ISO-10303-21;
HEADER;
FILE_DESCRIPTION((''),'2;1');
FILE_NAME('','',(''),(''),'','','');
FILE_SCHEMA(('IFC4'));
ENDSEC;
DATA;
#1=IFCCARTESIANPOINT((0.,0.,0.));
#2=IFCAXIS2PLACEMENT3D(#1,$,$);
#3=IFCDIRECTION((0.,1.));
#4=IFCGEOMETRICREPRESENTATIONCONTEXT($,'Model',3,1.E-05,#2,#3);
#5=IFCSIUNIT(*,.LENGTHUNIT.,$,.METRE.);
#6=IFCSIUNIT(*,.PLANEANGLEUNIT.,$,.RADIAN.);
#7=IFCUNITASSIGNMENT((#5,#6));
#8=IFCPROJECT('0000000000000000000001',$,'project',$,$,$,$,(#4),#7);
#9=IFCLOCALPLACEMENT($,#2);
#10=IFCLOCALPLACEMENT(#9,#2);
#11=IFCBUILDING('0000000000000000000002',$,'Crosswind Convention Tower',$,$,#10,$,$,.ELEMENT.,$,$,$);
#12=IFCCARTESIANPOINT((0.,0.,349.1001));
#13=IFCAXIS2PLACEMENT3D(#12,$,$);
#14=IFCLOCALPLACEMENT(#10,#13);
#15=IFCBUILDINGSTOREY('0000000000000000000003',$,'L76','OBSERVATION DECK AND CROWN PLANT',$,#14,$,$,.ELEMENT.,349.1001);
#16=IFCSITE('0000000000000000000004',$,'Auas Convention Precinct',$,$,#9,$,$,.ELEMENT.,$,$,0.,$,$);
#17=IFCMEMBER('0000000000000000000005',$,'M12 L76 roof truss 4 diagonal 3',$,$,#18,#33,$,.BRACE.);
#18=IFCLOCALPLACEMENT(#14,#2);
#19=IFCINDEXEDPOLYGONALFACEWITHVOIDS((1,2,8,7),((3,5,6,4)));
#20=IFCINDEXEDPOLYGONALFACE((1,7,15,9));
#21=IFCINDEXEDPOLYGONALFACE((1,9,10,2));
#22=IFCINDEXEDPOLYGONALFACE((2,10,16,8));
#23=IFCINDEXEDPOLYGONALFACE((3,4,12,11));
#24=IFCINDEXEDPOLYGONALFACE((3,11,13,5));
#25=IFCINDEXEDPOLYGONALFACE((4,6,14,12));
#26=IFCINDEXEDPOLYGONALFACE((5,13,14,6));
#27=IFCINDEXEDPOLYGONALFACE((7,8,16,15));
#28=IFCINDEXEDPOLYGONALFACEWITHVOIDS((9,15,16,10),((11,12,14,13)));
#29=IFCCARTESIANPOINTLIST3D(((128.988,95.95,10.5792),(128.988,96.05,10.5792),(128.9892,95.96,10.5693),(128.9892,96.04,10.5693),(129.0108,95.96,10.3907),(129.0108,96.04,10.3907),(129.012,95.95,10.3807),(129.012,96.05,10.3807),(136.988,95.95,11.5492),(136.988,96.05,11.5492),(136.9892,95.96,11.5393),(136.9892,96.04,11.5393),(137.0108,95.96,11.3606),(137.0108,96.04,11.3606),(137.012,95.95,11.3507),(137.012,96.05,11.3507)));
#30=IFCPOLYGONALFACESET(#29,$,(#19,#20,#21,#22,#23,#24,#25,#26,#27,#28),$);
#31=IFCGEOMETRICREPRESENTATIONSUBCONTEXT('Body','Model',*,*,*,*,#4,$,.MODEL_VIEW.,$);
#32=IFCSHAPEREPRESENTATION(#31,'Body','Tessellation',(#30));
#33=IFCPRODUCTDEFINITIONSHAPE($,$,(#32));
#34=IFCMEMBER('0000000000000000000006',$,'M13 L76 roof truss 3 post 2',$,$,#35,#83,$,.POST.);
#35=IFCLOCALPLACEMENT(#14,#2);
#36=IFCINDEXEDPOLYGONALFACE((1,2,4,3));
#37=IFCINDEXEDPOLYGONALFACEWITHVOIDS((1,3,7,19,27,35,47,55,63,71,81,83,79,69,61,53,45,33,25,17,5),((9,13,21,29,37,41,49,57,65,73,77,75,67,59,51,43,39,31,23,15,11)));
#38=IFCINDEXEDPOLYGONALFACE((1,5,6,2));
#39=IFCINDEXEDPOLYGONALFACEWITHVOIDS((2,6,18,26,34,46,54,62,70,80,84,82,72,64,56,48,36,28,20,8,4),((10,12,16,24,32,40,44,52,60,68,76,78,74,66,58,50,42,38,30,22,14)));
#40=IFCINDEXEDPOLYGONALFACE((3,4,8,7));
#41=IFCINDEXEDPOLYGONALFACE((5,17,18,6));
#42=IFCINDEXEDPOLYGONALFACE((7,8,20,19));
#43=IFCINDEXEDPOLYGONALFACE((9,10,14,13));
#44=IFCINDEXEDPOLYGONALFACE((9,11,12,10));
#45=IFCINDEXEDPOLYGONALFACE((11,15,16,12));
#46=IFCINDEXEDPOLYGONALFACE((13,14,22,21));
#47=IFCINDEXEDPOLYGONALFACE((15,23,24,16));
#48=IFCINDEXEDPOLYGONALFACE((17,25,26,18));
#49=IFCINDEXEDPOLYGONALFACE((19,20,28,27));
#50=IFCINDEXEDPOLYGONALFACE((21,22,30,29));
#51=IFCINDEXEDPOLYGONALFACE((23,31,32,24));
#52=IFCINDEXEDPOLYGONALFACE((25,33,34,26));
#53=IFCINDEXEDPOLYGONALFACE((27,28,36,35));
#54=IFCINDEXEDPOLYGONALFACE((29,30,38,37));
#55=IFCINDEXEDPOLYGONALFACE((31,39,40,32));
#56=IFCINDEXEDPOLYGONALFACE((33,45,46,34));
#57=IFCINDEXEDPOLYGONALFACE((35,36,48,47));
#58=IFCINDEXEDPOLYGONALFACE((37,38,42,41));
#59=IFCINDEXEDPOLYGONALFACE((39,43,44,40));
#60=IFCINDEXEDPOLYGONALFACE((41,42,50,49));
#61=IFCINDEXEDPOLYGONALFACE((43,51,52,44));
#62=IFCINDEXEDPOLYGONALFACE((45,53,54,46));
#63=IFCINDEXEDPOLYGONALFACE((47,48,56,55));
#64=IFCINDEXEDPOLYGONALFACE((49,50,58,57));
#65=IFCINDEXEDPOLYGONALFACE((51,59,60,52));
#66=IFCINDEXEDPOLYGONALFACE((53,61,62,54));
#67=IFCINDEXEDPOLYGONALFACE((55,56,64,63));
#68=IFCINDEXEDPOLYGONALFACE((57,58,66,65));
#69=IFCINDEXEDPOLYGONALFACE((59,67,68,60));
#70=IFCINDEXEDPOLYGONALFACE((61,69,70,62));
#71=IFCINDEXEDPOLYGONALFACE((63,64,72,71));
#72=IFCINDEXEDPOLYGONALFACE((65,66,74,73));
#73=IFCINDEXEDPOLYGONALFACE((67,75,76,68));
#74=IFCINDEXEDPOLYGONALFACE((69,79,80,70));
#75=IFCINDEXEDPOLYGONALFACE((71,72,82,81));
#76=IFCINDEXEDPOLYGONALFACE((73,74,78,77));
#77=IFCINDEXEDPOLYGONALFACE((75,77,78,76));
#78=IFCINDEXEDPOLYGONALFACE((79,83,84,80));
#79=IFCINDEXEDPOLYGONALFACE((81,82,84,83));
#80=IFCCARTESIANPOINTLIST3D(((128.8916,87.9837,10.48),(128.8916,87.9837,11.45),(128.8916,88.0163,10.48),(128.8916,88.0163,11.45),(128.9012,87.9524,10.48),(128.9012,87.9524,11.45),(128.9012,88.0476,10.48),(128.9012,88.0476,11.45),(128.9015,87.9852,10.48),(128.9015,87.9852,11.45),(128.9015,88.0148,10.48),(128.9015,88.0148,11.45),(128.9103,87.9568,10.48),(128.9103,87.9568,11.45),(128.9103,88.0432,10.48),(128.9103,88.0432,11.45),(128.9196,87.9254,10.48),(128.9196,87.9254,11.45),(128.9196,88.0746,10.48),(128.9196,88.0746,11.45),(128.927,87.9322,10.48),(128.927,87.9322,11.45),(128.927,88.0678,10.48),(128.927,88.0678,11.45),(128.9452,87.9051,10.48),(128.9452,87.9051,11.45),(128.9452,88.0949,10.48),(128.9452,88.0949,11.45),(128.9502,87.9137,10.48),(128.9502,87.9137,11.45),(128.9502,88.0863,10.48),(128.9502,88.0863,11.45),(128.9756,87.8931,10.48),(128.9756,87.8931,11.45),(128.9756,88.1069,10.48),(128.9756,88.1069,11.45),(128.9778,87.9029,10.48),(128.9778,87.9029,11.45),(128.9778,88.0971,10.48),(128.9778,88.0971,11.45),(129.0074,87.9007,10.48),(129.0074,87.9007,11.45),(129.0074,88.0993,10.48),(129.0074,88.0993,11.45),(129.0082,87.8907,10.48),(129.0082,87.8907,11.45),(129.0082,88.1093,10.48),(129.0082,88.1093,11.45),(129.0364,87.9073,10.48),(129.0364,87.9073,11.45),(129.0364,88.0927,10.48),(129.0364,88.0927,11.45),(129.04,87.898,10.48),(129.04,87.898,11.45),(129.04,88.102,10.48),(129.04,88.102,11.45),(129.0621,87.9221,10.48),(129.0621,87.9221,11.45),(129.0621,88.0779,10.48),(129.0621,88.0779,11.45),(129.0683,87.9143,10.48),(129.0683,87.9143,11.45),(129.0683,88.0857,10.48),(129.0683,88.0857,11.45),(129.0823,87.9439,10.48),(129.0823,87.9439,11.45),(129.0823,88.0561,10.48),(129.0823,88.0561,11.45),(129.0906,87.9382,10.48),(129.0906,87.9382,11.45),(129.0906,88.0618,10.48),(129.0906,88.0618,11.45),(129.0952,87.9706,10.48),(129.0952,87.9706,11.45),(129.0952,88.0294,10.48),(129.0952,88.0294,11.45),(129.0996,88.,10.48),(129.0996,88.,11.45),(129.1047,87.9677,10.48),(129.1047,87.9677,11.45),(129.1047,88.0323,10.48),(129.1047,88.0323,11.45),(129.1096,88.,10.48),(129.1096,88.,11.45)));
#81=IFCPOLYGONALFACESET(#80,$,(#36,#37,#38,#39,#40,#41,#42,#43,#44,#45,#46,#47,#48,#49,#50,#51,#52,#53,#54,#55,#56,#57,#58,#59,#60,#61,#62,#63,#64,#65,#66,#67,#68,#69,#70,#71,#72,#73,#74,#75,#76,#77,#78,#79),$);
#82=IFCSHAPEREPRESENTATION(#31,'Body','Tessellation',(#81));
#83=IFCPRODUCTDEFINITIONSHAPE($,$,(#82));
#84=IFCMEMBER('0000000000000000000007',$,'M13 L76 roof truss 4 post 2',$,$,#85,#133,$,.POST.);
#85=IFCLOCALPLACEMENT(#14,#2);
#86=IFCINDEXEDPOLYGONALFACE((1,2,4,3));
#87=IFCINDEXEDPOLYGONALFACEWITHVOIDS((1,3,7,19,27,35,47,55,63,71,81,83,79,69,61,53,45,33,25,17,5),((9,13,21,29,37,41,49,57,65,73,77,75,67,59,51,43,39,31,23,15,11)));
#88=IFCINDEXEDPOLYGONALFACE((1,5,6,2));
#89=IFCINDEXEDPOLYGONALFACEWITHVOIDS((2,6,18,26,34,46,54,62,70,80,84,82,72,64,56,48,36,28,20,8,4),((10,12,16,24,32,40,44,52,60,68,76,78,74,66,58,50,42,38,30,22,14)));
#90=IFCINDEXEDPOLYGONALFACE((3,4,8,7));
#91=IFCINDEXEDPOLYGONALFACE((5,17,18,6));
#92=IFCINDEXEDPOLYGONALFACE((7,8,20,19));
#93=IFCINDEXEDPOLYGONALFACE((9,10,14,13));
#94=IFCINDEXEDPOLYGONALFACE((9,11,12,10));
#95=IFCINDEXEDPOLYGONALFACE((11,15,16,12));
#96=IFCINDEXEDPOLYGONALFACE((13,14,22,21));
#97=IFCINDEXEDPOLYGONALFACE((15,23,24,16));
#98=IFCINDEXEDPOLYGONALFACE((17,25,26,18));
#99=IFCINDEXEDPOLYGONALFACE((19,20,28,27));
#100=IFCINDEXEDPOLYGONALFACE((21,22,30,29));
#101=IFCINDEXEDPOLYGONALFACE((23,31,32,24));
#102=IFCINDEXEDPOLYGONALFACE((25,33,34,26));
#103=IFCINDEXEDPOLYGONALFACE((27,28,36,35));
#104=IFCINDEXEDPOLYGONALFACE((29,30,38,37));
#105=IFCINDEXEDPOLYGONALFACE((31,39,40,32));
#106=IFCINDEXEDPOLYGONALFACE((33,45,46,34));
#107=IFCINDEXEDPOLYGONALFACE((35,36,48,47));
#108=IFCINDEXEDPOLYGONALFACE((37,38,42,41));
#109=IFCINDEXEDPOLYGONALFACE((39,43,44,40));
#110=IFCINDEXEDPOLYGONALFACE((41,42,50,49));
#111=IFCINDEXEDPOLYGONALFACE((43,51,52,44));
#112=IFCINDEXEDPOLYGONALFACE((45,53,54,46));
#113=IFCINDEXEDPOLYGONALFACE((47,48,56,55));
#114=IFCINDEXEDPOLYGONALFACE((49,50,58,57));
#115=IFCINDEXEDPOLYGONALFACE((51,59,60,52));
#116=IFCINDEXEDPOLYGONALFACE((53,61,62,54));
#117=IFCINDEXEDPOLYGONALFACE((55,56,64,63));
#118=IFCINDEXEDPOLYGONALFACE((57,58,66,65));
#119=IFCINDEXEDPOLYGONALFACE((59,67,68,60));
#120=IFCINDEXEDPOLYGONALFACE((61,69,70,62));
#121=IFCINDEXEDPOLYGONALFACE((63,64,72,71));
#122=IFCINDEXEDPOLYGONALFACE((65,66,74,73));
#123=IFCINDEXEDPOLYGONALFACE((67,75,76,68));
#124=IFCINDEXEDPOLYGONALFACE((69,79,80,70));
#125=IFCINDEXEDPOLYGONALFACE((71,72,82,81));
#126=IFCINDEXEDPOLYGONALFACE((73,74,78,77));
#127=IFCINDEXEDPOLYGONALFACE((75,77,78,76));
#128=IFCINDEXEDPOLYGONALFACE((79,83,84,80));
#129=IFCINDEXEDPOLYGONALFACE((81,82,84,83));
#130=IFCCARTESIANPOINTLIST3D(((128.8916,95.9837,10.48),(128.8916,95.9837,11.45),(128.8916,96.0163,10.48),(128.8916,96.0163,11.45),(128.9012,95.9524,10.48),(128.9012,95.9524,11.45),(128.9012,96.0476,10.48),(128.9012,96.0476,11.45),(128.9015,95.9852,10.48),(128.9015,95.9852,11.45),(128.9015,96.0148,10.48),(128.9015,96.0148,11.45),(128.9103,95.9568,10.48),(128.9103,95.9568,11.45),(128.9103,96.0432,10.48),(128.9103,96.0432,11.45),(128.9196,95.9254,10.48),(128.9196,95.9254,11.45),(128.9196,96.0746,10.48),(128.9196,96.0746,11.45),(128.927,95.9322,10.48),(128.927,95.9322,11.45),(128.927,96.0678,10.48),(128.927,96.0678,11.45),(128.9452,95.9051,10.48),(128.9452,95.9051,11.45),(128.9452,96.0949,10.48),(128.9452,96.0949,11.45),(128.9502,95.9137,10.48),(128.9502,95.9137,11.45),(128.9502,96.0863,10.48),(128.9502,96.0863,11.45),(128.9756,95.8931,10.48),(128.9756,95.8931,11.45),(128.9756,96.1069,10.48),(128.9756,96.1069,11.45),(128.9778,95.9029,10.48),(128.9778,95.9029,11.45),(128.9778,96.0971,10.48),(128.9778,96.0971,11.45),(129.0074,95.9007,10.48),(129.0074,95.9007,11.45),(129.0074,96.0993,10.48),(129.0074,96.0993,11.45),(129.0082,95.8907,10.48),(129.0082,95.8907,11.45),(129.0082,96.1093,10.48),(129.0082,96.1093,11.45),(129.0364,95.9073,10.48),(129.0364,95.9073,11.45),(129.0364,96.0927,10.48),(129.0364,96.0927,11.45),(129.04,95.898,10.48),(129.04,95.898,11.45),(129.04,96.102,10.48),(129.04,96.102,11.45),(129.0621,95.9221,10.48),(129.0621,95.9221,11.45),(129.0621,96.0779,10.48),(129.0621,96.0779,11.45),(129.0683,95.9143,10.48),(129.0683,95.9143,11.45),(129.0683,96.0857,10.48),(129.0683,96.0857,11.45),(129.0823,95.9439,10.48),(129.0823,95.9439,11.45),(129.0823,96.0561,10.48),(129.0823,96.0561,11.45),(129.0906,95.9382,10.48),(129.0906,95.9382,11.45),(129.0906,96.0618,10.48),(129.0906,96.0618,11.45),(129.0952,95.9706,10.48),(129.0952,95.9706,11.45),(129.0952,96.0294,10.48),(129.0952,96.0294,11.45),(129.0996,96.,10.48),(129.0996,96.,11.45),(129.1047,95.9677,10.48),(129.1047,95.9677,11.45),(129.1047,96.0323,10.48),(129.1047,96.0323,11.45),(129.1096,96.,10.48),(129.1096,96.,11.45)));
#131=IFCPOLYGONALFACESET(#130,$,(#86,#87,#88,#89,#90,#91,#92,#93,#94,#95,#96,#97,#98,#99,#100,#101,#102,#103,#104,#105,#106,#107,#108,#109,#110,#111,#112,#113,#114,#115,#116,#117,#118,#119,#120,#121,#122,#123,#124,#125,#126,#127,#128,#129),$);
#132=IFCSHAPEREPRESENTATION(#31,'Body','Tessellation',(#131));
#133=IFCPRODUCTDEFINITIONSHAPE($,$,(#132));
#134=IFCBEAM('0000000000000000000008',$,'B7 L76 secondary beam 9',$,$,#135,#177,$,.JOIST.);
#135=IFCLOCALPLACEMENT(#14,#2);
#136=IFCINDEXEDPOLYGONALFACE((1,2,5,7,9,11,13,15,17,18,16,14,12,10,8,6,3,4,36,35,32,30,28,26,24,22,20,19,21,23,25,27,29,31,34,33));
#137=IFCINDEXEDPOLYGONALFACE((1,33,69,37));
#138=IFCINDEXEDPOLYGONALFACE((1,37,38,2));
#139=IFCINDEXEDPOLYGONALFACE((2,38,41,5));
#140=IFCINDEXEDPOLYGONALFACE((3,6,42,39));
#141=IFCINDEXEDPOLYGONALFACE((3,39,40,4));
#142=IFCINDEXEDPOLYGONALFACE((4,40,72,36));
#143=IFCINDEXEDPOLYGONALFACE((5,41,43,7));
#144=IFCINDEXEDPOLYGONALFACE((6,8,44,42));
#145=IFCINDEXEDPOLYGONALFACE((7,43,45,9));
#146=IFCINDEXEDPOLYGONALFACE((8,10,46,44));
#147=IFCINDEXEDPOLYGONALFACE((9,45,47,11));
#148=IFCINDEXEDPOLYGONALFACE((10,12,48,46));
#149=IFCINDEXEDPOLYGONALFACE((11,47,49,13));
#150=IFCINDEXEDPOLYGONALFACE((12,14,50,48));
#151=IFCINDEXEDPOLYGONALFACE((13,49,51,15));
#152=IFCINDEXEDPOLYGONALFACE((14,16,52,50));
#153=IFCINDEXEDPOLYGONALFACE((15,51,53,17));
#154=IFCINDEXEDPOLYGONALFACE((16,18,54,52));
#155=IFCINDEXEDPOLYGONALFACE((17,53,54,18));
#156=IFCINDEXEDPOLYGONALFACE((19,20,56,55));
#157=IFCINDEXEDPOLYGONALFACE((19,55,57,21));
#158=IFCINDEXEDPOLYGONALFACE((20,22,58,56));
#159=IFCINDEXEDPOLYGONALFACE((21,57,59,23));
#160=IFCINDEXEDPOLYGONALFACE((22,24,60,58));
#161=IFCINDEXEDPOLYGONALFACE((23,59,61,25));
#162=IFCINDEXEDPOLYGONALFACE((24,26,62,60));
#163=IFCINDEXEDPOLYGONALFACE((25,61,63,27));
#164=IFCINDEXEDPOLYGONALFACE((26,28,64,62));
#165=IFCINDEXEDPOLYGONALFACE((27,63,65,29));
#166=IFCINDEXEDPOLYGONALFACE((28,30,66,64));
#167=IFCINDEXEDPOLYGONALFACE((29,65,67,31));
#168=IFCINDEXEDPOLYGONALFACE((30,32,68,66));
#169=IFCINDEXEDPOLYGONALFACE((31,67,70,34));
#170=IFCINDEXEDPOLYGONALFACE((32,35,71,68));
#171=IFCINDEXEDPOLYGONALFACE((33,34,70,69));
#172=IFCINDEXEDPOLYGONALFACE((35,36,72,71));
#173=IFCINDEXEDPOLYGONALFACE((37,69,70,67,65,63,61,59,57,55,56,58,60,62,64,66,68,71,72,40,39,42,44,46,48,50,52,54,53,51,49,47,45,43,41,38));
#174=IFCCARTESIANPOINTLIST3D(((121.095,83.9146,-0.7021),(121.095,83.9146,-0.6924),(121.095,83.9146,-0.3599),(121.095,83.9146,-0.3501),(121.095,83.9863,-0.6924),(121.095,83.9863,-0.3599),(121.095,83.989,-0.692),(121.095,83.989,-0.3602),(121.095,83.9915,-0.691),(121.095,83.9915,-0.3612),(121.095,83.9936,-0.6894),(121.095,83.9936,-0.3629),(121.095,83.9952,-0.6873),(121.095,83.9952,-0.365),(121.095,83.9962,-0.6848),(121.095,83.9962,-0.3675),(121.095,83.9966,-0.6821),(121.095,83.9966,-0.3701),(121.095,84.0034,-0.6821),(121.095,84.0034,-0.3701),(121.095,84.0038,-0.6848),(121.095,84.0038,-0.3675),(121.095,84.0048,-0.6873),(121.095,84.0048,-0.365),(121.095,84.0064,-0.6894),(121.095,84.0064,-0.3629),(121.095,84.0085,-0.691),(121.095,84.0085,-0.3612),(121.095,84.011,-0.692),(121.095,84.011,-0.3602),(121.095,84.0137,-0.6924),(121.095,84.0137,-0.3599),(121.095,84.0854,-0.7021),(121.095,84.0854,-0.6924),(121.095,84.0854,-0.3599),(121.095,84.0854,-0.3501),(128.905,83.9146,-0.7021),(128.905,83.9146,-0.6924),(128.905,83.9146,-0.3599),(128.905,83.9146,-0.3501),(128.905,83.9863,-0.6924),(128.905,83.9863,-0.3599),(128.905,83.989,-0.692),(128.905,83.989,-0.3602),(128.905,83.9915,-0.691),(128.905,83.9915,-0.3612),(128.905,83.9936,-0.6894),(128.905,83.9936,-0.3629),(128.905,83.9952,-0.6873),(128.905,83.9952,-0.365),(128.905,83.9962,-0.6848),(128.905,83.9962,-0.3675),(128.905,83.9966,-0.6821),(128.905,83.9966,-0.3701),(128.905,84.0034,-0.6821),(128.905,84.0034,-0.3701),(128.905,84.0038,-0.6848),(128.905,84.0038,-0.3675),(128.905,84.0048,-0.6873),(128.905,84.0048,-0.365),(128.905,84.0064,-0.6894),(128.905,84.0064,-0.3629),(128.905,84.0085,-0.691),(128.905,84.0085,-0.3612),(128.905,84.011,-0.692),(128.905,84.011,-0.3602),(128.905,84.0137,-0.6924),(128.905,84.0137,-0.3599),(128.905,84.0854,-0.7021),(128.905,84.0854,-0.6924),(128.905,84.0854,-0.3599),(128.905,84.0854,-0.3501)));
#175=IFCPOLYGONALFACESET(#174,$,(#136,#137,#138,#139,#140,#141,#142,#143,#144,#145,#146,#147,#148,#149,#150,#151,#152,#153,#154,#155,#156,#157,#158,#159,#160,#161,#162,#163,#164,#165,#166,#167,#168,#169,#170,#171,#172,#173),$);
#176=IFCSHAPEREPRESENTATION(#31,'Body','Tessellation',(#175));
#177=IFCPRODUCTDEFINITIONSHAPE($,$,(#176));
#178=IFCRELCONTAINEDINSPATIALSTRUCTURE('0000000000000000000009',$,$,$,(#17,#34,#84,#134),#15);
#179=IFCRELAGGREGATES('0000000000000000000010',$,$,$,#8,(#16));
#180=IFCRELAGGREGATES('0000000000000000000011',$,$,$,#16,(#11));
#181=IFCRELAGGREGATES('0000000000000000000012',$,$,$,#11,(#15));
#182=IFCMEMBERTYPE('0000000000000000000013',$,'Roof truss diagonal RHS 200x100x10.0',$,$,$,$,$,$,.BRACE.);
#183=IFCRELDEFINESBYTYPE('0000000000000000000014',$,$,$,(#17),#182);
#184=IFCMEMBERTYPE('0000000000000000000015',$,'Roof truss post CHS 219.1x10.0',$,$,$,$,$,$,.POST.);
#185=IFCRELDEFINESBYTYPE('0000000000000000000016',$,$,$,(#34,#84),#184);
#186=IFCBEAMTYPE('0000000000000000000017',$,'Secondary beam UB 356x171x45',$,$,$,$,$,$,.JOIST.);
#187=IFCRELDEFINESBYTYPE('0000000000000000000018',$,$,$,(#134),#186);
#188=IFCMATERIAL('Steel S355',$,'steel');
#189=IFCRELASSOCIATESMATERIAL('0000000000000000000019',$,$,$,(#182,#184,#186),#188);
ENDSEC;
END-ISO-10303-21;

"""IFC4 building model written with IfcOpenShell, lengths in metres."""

from ifc_helpers import new_model, si_unit, direction, frame, origin, origin_2d, place, context, subcontext, project, spatial, hollow_rectangle, hollow_circle, i_section, extrude, material, material_profile, profile_set, type_object, element, save


model = new_model("IFC4")

# Units and contexts
model_context = context("Model", 3, precision=1e-05, world=origin(), true_north=direction((0.0, 1.0)))
body_context = subcontext(model_context, "Body", "Model", "MODEL_VIEW")
ifc_project = project(units=[si_unit("LENGTHUNIT", "METRE"), si_unit("PLANEANGLEUNIT", "RADIAN")], contexts=[model_context])

# Site, building, storey
site_placement = place(None, origin())
site = spatial("IfcSite", under=ifc_project, at=site_placement, Name="Auas Convention Precinct", CompositionType="ELEMENT", RefElevation=0.0)
building_placement = place(site_placement, origin())
building = spatial("IfcBuilding", under=site, at=building_placement, Name="Crosswind Convention Tower", CompositionType="ELEMENT")
storey_placement = place(building_placement, frame((0.0, 0.0, 349.1001)))
storey = spatial("IfcBuildingStorey", under=building, at=storey_placement, Name="L76", Description="OBSERVATION DECK AND CROWN PLANT", CompositionType="ELEMENT", Elevation=349.1001)

# Shared definitions
ifc_material_1 = material(Name="Steel S355", Category="steel")

# Members
ifc_material_profile_1 = material_profile(ifc_material_1, hollow_rectangle(XDim=0.1001, YDim=0.2, WallThickness=0.01, at=origin_2d()), Name="RHS 200x100x10.0")
ifc_profile_set_1 = profile_set([ifc_material_profile_1], Name="Steel S355")
member_type_1 = type_object("IfcMemberType", Name="Roof truss diagonal RHS 200x100x10.0", PredefinedType="BRACE", material=ifc_profile_set_1)
for number, where, z_axis, x_axis, name in (
    (1, (129.0, 96.0, 10.48), (0.99273, 0.0, 0.120365), (0.0, 1.0, 0.0), "M12 L76 roof truss 4 diagonal 3"),
):
    element("IfcMember", number, at=place(storey_placement, frame(where, z_axis=z_axis, x_axis=x_axis)), inside=storey, type_object=member_type_1, Name=name, PredefinedType="BRACE", context=body_context, shape_type="SweptSolid", body=[
        extrude(hollow_rectangle(XDim=0.1001, YDim=0.2, WallThickness=0.01, at=origin_2d()), origin(), (0.0, 0.0, 1.0), 8.0586),
    ])
ifc_material_profile_2 = material_profile(ifc_material_1, hollow_circle(Radius=0.1096, WallThickness=0.01, at=origin_2d()), Name="CHS 219.1x10.0")
ifc_profile_set_2 = profile_set([ifc_material_profile_2], Name="Steel S355")
member_type_2 = type_object("IfcMemberType", Name="Roof truss post CHS 219.1x10.0", PredefinedType="POST", material=ifc_profile_set_2)
for number, where, z_axis, x_axis, name in (
    (2, (129.0, 88.0, 10.48), (0.0, 0.0, 1.0), (1.0, 0.0, 0.0), "M13 L76 roof truss 3 post 2"),
    (3, (129.0, 96.0, 10.48), (0.0, 0.0, 1.0), (1.0, 0.0, 0.0), "M13 L76 roof truss 4 post 2"),
):
    element("IfcMember", number, at=place(storey_placement, frame(where, z_axis=z_axis, x_axis=x_axis)), inside=storey, type_object=member_type_2, Name=name, PredefinedType="POST", context=body_context, shape_type="SweptSolid", body=[
        extrude(hollow_circle(Radius=0.1096, WallThickness=0.01, at=origin_2d()), origin(), (0.0, 0.0, 1.0), 0.97),
    ])

# Beam
ifc_material_profile_3 = material_profile(ifc_material_1, i_section(OverallWidth=0.1709, OverallDepth=0.3521, WebThickness=0.0068, FlangeThickness=0.0098, FilletRadius=0.0103, at=origin_2d()), Name="UB 356x171x45")
ifc_profile_set_3 = profile_set([ifc_material_profile_3], Name="Steel S355")
beam_type_1 = type_object("IfcBeamType", Name="Secondary beam UB 356x171x45", PredefinedType="JOIST", material=ifc_profile_set_3)
for number, where, z_axis, x_axis, name in (
    (4, (121.095, 84.0, -0.5261), (1.0, 0.0, 0.0), (0.0, 1.0, 0.0), "B7 L76 secondary beam 9"),
):
    element("IfcBeam", number, at=place(storey_placement, frame(where, z_axis=z_axis, x_axis=x_axis)), inside=storey, type_object=beam_type_1, Name=name, PredefinedType="JOIST", context=body_context, shape_type="SweptSolid", body=[
        extrude(i_section(OverallWidth=0.1709, OverallDepth=0.3521, WebThickness=0.0068, FlangeThickness=0.0098, FilletRadius=0.0103, at=origin_2d()), origin(), (0.0, 0.0, 1.0), 7.8101),
    ])

save(model, "model.ifc")
